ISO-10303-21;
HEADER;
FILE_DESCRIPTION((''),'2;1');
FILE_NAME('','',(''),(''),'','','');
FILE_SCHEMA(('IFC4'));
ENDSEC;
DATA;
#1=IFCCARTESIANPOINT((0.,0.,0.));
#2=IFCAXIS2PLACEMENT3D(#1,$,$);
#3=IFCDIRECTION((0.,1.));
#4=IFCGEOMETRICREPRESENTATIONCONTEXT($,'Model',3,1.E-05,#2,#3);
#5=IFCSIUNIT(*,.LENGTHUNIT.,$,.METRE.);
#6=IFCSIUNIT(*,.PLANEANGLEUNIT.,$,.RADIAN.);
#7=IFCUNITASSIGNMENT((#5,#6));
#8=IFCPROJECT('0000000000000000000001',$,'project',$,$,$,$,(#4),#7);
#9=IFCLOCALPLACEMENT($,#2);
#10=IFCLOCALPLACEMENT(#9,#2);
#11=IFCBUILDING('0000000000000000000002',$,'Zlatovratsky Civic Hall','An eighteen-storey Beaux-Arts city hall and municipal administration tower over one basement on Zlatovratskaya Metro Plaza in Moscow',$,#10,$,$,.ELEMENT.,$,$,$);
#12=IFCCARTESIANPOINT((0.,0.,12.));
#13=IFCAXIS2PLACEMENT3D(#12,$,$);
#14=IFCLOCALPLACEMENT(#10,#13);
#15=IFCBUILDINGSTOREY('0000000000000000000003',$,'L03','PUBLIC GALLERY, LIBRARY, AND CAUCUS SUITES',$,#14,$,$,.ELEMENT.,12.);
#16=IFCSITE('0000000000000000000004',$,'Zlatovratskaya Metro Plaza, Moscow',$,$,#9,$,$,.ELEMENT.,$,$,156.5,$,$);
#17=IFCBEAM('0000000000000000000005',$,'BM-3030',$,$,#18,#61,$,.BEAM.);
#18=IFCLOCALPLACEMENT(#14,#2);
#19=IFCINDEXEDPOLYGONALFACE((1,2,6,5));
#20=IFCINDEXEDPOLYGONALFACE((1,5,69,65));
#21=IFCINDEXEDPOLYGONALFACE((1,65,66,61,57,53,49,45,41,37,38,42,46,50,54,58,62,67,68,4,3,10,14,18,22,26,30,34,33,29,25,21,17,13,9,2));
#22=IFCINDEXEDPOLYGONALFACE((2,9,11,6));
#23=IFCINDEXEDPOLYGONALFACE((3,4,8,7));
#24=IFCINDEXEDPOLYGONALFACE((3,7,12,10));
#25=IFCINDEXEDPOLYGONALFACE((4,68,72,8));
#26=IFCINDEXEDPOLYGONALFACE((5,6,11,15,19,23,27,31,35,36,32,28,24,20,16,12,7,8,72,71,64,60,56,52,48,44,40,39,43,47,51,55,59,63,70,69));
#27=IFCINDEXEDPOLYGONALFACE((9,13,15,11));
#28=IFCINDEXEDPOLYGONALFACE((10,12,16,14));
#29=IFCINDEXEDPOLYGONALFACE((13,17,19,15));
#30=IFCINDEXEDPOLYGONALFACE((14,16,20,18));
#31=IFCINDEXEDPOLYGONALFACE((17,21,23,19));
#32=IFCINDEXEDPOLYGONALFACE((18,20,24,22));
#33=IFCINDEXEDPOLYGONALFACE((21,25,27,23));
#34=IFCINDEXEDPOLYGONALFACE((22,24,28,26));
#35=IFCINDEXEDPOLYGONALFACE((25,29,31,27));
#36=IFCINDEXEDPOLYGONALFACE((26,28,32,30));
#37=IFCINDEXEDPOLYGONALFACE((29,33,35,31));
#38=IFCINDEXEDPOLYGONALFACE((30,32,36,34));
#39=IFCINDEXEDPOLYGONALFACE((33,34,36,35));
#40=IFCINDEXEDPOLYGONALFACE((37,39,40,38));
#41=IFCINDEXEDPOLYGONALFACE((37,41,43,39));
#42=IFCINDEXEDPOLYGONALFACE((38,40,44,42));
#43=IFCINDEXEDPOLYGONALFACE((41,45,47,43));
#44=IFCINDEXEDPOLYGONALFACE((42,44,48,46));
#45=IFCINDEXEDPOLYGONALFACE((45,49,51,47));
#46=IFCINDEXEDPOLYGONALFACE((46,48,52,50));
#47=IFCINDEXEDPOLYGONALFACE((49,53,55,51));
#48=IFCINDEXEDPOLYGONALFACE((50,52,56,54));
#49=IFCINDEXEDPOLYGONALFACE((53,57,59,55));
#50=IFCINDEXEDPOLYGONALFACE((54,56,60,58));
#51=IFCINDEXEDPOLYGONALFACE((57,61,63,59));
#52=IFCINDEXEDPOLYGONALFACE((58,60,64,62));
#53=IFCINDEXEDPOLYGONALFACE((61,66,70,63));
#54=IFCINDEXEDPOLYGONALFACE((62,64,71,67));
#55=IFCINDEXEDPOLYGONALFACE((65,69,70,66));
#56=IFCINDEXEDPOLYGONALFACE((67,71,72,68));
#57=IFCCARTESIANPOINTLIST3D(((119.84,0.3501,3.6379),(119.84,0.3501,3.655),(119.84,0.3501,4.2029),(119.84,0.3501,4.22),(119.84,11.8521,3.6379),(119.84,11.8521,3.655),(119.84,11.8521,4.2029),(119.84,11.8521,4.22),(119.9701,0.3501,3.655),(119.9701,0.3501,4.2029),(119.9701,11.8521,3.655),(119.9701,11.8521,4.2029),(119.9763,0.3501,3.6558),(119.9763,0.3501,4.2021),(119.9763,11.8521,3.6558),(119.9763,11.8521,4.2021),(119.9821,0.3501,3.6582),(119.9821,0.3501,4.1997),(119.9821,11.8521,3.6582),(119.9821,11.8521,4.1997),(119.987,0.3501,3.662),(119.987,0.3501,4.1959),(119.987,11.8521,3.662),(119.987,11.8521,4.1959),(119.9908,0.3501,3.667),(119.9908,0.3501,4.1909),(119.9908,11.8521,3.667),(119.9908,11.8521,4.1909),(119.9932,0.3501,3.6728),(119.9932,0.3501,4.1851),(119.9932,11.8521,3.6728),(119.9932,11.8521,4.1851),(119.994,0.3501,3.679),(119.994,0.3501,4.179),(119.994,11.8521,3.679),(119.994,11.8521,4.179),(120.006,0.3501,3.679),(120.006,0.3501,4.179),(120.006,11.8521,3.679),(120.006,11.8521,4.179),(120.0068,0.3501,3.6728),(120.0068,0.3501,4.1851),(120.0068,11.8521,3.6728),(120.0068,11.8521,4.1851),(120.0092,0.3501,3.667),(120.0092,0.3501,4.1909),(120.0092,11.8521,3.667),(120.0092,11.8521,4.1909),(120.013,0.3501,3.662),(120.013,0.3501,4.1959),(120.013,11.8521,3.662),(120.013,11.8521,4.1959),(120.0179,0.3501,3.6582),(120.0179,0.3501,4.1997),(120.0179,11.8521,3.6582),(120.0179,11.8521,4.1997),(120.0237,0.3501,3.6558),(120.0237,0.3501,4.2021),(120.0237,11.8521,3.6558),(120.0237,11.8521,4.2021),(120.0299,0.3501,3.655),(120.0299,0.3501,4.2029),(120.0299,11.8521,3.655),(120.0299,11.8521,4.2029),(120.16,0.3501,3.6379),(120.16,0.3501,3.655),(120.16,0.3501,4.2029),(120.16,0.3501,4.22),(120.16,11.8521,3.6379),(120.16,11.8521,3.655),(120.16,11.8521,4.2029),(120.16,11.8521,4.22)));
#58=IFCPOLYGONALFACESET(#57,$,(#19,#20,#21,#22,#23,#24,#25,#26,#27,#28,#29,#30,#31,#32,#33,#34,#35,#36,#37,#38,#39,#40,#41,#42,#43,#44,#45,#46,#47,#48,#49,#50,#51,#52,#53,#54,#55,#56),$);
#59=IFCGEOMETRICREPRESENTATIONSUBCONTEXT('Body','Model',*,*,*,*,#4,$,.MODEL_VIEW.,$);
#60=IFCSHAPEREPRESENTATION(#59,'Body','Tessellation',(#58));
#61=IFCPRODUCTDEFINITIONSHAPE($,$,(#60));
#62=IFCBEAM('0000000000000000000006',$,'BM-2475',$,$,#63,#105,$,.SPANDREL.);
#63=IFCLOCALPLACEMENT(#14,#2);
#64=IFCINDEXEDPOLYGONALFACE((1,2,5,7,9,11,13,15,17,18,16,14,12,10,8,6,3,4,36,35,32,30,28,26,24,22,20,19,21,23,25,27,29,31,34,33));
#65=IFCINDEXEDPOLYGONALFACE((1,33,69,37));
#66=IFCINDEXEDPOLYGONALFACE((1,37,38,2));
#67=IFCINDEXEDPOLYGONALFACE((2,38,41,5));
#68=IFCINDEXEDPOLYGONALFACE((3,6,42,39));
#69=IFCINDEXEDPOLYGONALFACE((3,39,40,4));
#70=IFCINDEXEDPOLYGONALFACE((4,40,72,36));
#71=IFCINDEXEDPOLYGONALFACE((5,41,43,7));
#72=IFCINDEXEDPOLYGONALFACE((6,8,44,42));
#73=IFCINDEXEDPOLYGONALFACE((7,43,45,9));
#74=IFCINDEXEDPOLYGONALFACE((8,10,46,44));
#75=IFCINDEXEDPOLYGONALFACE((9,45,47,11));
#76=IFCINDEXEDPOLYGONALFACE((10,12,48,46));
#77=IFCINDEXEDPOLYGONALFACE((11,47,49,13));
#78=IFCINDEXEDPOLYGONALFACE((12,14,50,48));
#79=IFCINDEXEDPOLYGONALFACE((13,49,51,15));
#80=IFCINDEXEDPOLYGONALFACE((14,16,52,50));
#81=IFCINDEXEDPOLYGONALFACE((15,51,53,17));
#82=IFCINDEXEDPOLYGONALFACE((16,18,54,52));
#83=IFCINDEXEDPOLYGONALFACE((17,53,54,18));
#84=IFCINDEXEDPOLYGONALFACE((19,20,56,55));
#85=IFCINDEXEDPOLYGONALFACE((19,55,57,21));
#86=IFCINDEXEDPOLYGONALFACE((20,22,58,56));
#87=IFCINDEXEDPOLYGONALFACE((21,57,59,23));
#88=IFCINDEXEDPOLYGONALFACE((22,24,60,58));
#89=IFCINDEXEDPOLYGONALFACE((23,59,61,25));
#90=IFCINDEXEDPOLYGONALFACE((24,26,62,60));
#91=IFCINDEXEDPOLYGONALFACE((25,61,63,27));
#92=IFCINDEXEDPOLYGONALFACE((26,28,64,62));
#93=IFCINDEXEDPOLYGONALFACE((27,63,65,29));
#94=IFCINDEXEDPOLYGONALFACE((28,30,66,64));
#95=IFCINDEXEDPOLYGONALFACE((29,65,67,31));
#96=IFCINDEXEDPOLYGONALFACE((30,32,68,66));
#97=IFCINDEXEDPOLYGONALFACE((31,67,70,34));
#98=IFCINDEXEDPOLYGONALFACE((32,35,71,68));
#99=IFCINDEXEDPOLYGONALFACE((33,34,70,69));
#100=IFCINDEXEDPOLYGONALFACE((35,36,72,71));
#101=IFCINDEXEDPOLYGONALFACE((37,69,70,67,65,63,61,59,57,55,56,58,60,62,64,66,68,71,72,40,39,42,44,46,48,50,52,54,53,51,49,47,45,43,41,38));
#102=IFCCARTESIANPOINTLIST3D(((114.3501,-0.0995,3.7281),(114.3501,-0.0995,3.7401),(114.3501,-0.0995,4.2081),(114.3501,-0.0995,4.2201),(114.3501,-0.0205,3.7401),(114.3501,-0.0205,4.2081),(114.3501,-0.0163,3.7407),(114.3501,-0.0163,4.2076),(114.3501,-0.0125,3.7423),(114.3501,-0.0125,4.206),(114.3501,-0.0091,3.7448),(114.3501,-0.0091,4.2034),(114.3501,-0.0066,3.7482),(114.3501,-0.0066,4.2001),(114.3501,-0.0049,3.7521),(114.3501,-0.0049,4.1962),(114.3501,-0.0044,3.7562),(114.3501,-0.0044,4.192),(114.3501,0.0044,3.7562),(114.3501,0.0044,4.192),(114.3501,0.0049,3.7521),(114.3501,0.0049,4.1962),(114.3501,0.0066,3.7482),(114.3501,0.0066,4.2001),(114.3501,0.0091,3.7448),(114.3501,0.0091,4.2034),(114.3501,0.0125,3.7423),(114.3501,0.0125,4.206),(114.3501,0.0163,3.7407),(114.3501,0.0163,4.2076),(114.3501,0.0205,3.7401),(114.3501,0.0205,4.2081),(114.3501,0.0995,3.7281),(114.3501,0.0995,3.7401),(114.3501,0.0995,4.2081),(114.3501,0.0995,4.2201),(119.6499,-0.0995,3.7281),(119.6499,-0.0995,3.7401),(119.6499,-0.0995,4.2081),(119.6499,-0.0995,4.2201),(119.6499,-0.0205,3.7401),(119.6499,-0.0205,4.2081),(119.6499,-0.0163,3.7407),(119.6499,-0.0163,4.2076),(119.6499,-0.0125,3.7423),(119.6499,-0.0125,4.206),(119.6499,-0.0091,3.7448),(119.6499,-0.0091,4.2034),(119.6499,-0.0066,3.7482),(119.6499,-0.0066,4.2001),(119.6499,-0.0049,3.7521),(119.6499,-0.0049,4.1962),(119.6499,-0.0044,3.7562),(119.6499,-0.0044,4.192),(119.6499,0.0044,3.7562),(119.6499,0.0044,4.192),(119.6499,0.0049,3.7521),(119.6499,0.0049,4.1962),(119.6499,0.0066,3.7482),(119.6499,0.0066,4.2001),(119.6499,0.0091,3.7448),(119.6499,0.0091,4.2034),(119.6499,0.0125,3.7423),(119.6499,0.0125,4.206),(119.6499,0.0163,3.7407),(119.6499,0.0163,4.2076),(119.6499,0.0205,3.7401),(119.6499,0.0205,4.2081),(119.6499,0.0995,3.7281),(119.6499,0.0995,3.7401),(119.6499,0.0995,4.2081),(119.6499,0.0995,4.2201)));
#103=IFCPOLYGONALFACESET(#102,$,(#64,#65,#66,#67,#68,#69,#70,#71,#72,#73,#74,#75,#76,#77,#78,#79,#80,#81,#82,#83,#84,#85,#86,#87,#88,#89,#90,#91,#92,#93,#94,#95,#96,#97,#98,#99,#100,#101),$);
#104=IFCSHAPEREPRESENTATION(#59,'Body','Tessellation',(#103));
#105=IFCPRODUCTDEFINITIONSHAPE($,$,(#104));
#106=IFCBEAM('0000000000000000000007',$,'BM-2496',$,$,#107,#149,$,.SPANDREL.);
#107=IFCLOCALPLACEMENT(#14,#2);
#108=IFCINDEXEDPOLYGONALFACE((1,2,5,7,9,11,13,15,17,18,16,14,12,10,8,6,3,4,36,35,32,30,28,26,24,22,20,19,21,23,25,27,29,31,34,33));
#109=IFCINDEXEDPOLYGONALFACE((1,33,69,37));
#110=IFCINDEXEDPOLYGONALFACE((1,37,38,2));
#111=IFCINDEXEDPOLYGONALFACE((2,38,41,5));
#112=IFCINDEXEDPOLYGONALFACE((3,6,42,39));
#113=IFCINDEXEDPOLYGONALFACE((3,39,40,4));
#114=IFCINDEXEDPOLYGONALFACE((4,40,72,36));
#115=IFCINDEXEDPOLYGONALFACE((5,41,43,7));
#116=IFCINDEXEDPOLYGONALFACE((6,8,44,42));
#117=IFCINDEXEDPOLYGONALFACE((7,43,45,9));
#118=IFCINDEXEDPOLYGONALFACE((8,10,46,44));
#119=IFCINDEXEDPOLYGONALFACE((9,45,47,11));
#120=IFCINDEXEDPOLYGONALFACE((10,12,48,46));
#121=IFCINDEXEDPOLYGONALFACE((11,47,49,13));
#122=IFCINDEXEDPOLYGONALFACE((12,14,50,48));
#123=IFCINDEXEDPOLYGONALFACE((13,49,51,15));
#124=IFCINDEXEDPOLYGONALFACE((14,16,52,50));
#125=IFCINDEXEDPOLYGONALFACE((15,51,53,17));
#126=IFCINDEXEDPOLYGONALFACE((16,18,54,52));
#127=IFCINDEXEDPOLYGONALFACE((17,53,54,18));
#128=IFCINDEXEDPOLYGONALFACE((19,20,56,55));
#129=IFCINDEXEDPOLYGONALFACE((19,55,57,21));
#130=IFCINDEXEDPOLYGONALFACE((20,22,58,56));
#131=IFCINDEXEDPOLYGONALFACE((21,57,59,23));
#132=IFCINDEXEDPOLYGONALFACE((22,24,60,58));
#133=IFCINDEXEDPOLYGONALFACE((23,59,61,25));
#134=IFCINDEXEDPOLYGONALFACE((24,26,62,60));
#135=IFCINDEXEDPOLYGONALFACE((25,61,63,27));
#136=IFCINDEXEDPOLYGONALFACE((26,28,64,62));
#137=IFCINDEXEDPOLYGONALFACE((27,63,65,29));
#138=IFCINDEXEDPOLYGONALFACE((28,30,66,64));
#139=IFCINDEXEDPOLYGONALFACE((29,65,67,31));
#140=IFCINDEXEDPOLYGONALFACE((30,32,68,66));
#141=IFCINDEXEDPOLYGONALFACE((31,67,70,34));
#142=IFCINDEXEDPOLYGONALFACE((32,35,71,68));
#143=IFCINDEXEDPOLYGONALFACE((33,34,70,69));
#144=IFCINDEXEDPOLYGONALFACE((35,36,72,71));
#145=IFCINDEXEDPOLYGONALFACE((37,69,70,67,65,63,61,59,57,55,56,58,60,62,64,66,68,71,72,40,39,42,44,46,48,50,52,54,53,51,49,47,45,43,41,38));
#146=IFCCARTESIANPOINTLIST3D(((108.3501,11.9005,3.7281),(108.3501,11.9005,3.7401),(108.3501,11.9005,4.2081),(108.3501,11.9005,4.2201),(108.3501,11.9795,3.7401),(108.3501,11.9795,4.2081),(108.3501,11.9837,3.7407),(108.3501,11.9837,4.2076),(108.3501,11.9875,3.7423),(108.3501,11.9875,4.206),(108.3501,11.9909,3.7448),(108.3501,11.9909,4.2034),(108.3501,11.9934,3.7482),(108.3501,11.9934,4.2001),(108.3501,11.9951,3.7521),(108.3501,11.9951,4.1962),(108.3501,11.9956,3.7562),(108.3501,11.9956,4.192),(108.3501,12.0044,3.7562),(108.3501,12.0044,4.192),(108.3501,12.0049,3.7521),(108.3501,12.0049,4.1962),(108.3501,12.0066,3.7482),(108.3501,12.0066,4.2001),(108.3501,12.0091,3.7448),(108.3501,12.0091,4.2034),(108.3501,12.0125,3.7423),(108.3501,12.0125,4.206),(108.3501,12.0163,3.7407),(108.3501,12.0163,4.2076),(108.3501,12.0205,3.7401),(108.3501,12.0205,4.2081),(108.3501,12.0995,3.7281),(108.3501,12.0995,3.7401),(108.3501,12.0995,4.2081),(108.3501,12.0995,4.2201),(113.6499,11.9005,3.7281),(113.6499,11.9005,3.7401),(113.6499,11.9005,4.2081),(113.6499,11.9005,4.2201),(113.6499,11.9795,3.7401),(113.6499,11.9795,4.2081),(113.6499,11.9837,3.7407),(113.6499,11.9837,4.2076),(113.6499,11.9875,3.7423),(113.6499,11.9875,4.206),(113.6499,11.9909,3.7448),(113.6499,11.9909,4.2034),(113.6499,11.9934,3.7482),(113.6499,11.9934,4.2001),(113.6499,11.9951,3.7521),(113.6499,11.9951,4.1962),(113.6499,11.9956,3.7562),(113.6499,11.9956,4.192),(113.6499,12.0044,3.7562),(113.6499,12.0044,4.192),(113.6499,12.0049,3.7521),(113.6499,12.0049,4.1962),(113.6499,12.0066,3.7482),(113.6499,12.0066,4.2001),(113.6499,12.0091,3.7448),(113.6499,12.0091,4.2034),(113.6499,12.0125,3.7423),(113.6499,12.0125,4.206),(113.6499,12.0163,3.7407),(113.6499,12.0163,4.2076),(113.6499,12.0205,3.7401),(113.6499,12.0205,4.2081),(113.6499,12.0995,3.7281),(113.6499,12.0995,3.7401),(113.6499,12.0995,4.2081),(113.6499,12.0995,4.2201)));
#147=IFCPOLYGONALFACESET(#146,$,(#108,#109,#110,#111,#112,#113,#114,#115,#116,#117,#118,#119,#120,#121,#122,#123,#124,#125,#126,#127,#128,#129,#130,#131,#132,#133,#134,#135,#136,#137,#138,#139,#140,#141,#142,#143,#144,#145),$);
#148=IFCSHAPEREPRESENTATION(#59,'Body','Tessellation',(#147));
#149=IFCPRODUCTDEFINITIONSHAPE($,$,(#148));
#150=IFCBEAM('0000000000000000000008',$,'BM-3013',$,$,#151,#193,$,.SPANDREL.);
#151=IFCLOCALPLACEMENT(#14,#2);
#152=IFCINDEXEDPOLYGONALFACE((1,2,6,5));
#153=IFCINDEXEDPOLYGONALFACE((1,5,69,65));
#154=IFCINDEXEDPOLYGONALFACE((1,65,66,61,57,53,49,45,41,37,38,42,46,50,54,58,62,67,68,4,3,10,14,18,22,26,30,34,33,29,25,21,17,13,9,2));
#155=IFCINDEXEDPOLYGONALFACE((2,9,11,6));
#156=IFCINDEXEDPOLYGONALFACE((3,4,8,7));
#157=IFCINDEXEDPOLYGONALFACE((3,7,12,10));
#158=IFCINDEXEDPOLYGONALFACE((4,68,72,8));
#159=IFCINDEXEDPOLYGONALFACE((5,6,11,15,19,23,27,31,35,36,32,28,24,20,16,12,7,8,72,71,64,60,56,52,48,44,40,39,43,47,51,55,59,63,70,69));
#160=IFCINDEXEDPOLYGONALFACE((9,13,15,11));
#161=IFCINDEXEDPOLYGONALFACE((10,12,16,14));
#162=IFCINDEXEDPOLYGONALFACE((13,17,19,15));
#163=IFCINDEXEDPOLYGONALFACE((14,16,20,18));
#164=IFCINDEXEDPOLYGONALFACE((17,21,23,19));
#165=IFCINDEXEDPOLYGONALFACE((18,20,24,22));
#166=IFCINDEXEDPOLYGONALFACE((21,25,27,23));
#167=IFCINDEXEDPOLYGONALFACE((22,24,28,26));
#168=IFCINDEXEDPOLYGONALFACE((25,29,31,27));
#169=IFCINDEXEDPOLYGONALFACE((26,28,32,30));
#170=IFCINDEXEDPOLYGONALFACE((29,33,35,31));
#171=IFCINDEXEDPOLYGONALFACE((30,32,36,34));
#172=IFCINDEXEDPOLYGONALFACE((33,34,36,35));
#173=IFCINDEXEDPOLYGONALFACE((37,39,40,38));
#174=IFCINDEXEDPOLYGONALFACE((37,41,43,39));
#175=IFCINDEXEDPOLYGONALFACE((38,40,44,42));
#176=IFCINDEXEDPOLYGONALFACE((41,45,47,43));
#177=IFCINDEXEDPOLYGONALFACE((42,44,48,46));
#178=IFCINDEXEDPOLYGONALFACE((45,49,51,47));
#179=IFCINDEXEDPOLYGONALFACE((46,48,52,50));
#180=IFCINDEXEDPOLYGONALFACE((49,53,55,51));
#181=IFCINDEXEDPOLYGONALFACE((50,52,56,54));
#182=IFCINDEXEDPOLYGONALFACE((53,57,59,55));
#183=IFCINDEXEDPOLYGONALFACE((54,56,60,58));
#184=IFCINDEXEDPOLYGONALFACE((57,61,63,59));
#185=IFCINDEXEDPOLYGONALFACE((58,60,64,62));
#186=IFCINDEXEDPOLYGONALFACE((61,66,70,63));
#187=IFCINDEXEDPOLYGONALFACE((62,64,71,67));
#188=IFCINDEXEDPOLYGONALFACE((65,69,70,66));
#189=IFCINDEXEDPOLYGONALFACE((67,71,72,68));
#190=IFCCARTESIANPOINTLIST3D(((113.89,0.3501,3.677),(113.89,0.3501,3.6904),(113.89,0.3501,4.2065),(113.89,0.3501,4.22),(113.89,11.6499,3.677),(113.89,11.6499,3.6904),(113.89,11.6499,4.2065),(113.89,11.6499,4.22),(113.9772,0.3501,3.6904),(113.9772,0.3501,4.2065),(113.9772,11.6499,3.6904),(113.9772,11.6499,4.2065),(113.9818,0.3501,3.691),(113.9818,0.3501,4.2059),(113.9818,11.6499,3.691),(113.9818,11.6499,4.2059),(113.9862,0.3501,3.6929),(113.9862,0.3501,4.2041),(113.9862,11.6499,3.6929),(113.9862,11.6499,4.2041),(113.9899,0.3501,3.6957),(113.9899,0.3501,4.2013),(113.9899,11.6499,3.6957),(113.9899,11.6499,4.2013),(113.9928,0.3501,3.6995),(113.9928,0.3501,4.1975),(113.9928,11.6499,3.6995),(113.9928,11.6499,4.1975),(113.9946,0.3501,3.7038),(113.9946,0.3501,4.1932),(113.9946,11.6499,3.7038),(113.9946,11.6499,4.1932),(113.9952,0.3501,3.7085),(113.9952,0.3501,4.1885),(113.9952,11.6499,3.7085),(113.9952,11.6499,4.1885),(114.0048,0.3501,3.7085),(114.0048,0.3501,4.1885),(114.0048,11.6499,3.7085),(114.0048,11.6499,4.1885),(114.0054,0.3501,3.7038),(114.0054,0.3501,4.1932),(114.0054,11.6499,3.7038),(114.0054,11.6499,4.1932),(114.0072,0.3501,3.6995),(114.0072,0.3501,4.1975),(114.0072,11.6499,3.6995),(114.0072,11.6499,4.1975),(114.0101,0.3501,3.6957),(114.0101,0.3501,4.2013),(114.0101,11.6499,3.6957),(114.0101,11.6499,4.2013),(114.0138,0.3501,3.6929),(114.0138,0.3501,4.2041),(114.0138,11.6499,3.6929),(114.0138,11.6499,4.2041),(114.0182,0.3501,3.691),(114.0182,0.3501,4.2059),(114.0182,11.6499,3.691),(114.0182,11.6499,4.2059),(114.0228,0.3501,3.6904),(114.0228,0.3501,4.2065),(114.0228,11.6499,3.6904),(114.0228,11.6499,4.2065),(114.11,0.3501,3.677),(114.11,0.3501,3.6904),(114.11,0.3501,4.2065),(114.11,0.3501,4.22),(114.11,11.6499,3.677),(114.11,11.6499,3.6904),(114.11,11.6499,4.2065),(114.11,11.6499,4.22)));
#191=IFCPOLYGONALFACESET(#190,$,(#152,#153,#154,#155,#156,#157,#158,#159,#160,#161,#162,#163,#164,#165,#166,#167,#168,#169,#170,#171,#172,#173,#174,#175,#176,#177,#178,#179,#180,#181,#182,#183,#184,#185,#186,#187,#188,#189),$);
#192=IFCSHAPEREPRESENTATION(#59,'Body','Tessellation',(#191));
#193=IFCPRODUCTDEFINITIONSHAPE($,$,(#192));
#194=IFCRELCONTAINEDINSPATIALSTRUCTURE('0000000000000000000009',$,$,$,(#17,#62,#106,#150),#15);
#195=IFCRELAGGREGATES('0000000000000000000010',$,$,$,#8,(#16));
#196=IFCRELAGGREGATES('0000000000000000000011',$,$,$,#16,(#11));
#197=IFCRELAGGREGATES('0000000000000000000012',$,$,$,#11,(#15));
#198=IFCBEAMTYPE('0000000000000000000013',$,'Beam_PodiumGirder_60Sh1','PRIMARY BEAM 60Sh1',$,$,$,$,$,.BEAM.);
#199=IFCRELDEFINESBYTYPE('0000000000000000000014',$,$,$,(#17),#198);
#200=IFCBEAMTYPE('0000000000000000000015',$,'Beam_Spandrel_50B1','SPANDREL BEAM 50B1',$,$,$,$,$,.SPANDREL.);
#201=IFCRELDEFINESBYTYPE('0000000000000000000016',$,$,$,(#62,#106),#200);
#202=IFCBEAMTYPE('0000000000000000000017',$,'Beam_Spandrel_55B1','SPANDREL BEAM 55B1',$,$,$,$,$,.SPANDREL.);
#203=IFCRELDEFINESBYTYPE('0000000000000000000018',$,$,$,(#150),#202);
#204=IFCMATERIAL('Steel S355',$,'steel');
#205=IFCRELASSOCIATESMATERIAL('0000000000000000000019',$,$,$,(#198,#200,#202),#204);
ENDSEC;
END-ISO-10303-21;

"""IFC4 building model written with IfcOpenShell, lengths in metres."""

from ifc_helpers import new_model, si_unit, direction, frame, origin, origin_2d, place, context, subcontext, project, spatial, i_section, extrude, material, material_profile, profile_set, type_object, element, save


model = new_model("IFC4")

# Units and contexts
model_context = context("Model", 3, precision=1e-05, world=origin(), true_north=direction((0.0, 1.0)))
body_context = subcontext(model_context, "Body", "Model", "MODEL_VIEW")
ifc_project = project(units=[si_unit("LENGTHUNIT", "METRE"), si_unit("PLANEANGLEUNIT", "RADIAN")], contexts=[model_context])

# Site, building, storey
site_placement = place(None, origin())
site = spatial("IfcSite", under=ifc_project, at=site_placement, Name="Zlatovratskaya Metro Plaza, Moscow", CompositionType="ELEMENT", RefElevation=156.5)
building_placement = place(site_placement, origin())
building = spatial("IfcBuilding", under=site, at=building_placement, Name="Zlatovratsky Civic Hall", Description="An eighteen-storey Beaux-Arts city hall and municipal administration tower over one basement on Zlatovratskaya Metro Plaza in Moscow", CompositionType="ELEMENT")
storey_placement = place(building_placement, frame((0.0, 0.0, 12.0)))
storey = spatial("IfcBuildingStorey", under=building, at=storey_placement, Name="L03", Description="PUBLIC GALLERY, LIBRARY, AND CAUCUS SUITES", CompositionType="ELEMENT", Elevation=12.0)

# Shared definitions
ifc_material_1 = material(Name="Steel S355", Category="steel")

# Beams
ifc_material_profile_1 = material_profile(ifc_material_1, i_section(OverallWidth=0.3201, OverallDepth=0.582, WebThickness=0.012, FlangeThickness=0.0171, FilletRadius=0.0239, at=origin_2d()), Name="60Sh1")
ifc_profile_set_1 = profile_set([ifc_material_profile_1], Name="Steel S355")
beam_type_1 = type_object("IfcBeamType", Name="Beam_PodiumGirder_60Sh1", Description="PRIMARY BEAM 60Sh1", PredefinedType="BEAM", material=ifc_profile_set_1)
beam_1_placement = place(storey_placement, frame((120.0, 0.3501, 3.929), z_axis=(0.0, 1.0, 0.0), x_axis=(-1.0, 0.0, 0.0)))
element("IfcBeam", 1, at=beam_1_placement, inside=storey, type_object=beam_type_1, Name="BM-3030", PredefinedType="BEAM", context=body_context, shape_type="SweptSolid", body=[
    extrude(i_section(OverallWidth=0.3201, OverallDepth=0.582, WebThickness=0.012, FlangeThickness=0.0171, FilletRadius=0.0239, at=origin_2d()), origin(), (0.0, 0.0, 1.0), 11.502),
])
ifc_material_profile_2 = material_profile(ifc_material_1, i_section(OverallWidth=0.199, OverallDepth=0.4919, WebThickness=0.0088, FlangeThickness=0.012, FilletRadius=0.0161, at=origin_2d()), Name="50B1")
ifc_profile_set_2 = profile_set([ifc_material_profile_2], Name="Steel S355")
beam_type_2 = type_object("IfcBeamType", Name="Beam_Spandrel_50B1", Description="SPANDREL BEAM 50B1", PredefinedType="SPANDREL", material=ifc_profile_set_2)
for number, where, z_axis, x_axis, name in (
    (2, (114.3501, 0.0, 3.9741), (1.0, 0.0, 0.0), (0.0, 1.0, 0.0), "BM-2475"),
    (3, (108.3501, 12.0, 3.9741), (1.0, 0.0, 0.0), (0.0, 1.0, 0.0), "BM-2496"),
):
    element("IfcBeam", number, at=place(storey_placement, frame(where, z_axis=z_axis, x_axis=x_axis)), inside=storey, type_object=beam_type_2, Name=name, PredefinedType="SPANDREL", context=body_context, shape_type="SweptSolid", body=[
        extrude(i_section(OverallWidth=0.199, OverallDepth=0.4919, WebThickness=0.0088, FlangeThickness=0.012, FilletRadius=0.0161, at=origin_2d()), origin(), (0.0, 0.0, 1.0), 5.2998),
    ])
ifc_material_profile_3 = material_profile(ifc_material_1, i_section(OverallWidth=0.22, OverallDepth=0.543, WebThickness=0.0095, FlangeThickness=0.0134, FilletRadius=0.0181, at=origin_2d()), Name="55B1")
ifc_profile_set_3 = profile_set([ifc_material_profile_3], Name="Steel S355")
beam_type_3 = type_object("IfcBeamType", Name="Beam_Spandrel_55B1", Description="SPANDREL BEAM 55B1", PredefinedType="SPANDREL", material=ifc_profile_set_3)
beam_2_placement = place(storey_placement, frame((114.0, 0.3501, 3.9485), z_axis=(0.0, 1.0, 0.0), x_axis=(-1.0, 0.0, 0.0)))
element("IfcBeam", 4, at=beam_2_placement, inside=storey, type_object=beam_type_3, Name="BM-3013", PredefinedType="SPANDREL", context=body_context, shape_type="SweptSolid", body=[
    extrude(i_section(OverallWidth=0.22, OverallDepth=0.543, WebThickness=0.0095, FlangeThickness=0.0134, FilletRadius=0.0181, at=origin_2d()), origin(), (0.0, 0.0, 1.0), 11.2998),
])

save(model, "model.ifc")
